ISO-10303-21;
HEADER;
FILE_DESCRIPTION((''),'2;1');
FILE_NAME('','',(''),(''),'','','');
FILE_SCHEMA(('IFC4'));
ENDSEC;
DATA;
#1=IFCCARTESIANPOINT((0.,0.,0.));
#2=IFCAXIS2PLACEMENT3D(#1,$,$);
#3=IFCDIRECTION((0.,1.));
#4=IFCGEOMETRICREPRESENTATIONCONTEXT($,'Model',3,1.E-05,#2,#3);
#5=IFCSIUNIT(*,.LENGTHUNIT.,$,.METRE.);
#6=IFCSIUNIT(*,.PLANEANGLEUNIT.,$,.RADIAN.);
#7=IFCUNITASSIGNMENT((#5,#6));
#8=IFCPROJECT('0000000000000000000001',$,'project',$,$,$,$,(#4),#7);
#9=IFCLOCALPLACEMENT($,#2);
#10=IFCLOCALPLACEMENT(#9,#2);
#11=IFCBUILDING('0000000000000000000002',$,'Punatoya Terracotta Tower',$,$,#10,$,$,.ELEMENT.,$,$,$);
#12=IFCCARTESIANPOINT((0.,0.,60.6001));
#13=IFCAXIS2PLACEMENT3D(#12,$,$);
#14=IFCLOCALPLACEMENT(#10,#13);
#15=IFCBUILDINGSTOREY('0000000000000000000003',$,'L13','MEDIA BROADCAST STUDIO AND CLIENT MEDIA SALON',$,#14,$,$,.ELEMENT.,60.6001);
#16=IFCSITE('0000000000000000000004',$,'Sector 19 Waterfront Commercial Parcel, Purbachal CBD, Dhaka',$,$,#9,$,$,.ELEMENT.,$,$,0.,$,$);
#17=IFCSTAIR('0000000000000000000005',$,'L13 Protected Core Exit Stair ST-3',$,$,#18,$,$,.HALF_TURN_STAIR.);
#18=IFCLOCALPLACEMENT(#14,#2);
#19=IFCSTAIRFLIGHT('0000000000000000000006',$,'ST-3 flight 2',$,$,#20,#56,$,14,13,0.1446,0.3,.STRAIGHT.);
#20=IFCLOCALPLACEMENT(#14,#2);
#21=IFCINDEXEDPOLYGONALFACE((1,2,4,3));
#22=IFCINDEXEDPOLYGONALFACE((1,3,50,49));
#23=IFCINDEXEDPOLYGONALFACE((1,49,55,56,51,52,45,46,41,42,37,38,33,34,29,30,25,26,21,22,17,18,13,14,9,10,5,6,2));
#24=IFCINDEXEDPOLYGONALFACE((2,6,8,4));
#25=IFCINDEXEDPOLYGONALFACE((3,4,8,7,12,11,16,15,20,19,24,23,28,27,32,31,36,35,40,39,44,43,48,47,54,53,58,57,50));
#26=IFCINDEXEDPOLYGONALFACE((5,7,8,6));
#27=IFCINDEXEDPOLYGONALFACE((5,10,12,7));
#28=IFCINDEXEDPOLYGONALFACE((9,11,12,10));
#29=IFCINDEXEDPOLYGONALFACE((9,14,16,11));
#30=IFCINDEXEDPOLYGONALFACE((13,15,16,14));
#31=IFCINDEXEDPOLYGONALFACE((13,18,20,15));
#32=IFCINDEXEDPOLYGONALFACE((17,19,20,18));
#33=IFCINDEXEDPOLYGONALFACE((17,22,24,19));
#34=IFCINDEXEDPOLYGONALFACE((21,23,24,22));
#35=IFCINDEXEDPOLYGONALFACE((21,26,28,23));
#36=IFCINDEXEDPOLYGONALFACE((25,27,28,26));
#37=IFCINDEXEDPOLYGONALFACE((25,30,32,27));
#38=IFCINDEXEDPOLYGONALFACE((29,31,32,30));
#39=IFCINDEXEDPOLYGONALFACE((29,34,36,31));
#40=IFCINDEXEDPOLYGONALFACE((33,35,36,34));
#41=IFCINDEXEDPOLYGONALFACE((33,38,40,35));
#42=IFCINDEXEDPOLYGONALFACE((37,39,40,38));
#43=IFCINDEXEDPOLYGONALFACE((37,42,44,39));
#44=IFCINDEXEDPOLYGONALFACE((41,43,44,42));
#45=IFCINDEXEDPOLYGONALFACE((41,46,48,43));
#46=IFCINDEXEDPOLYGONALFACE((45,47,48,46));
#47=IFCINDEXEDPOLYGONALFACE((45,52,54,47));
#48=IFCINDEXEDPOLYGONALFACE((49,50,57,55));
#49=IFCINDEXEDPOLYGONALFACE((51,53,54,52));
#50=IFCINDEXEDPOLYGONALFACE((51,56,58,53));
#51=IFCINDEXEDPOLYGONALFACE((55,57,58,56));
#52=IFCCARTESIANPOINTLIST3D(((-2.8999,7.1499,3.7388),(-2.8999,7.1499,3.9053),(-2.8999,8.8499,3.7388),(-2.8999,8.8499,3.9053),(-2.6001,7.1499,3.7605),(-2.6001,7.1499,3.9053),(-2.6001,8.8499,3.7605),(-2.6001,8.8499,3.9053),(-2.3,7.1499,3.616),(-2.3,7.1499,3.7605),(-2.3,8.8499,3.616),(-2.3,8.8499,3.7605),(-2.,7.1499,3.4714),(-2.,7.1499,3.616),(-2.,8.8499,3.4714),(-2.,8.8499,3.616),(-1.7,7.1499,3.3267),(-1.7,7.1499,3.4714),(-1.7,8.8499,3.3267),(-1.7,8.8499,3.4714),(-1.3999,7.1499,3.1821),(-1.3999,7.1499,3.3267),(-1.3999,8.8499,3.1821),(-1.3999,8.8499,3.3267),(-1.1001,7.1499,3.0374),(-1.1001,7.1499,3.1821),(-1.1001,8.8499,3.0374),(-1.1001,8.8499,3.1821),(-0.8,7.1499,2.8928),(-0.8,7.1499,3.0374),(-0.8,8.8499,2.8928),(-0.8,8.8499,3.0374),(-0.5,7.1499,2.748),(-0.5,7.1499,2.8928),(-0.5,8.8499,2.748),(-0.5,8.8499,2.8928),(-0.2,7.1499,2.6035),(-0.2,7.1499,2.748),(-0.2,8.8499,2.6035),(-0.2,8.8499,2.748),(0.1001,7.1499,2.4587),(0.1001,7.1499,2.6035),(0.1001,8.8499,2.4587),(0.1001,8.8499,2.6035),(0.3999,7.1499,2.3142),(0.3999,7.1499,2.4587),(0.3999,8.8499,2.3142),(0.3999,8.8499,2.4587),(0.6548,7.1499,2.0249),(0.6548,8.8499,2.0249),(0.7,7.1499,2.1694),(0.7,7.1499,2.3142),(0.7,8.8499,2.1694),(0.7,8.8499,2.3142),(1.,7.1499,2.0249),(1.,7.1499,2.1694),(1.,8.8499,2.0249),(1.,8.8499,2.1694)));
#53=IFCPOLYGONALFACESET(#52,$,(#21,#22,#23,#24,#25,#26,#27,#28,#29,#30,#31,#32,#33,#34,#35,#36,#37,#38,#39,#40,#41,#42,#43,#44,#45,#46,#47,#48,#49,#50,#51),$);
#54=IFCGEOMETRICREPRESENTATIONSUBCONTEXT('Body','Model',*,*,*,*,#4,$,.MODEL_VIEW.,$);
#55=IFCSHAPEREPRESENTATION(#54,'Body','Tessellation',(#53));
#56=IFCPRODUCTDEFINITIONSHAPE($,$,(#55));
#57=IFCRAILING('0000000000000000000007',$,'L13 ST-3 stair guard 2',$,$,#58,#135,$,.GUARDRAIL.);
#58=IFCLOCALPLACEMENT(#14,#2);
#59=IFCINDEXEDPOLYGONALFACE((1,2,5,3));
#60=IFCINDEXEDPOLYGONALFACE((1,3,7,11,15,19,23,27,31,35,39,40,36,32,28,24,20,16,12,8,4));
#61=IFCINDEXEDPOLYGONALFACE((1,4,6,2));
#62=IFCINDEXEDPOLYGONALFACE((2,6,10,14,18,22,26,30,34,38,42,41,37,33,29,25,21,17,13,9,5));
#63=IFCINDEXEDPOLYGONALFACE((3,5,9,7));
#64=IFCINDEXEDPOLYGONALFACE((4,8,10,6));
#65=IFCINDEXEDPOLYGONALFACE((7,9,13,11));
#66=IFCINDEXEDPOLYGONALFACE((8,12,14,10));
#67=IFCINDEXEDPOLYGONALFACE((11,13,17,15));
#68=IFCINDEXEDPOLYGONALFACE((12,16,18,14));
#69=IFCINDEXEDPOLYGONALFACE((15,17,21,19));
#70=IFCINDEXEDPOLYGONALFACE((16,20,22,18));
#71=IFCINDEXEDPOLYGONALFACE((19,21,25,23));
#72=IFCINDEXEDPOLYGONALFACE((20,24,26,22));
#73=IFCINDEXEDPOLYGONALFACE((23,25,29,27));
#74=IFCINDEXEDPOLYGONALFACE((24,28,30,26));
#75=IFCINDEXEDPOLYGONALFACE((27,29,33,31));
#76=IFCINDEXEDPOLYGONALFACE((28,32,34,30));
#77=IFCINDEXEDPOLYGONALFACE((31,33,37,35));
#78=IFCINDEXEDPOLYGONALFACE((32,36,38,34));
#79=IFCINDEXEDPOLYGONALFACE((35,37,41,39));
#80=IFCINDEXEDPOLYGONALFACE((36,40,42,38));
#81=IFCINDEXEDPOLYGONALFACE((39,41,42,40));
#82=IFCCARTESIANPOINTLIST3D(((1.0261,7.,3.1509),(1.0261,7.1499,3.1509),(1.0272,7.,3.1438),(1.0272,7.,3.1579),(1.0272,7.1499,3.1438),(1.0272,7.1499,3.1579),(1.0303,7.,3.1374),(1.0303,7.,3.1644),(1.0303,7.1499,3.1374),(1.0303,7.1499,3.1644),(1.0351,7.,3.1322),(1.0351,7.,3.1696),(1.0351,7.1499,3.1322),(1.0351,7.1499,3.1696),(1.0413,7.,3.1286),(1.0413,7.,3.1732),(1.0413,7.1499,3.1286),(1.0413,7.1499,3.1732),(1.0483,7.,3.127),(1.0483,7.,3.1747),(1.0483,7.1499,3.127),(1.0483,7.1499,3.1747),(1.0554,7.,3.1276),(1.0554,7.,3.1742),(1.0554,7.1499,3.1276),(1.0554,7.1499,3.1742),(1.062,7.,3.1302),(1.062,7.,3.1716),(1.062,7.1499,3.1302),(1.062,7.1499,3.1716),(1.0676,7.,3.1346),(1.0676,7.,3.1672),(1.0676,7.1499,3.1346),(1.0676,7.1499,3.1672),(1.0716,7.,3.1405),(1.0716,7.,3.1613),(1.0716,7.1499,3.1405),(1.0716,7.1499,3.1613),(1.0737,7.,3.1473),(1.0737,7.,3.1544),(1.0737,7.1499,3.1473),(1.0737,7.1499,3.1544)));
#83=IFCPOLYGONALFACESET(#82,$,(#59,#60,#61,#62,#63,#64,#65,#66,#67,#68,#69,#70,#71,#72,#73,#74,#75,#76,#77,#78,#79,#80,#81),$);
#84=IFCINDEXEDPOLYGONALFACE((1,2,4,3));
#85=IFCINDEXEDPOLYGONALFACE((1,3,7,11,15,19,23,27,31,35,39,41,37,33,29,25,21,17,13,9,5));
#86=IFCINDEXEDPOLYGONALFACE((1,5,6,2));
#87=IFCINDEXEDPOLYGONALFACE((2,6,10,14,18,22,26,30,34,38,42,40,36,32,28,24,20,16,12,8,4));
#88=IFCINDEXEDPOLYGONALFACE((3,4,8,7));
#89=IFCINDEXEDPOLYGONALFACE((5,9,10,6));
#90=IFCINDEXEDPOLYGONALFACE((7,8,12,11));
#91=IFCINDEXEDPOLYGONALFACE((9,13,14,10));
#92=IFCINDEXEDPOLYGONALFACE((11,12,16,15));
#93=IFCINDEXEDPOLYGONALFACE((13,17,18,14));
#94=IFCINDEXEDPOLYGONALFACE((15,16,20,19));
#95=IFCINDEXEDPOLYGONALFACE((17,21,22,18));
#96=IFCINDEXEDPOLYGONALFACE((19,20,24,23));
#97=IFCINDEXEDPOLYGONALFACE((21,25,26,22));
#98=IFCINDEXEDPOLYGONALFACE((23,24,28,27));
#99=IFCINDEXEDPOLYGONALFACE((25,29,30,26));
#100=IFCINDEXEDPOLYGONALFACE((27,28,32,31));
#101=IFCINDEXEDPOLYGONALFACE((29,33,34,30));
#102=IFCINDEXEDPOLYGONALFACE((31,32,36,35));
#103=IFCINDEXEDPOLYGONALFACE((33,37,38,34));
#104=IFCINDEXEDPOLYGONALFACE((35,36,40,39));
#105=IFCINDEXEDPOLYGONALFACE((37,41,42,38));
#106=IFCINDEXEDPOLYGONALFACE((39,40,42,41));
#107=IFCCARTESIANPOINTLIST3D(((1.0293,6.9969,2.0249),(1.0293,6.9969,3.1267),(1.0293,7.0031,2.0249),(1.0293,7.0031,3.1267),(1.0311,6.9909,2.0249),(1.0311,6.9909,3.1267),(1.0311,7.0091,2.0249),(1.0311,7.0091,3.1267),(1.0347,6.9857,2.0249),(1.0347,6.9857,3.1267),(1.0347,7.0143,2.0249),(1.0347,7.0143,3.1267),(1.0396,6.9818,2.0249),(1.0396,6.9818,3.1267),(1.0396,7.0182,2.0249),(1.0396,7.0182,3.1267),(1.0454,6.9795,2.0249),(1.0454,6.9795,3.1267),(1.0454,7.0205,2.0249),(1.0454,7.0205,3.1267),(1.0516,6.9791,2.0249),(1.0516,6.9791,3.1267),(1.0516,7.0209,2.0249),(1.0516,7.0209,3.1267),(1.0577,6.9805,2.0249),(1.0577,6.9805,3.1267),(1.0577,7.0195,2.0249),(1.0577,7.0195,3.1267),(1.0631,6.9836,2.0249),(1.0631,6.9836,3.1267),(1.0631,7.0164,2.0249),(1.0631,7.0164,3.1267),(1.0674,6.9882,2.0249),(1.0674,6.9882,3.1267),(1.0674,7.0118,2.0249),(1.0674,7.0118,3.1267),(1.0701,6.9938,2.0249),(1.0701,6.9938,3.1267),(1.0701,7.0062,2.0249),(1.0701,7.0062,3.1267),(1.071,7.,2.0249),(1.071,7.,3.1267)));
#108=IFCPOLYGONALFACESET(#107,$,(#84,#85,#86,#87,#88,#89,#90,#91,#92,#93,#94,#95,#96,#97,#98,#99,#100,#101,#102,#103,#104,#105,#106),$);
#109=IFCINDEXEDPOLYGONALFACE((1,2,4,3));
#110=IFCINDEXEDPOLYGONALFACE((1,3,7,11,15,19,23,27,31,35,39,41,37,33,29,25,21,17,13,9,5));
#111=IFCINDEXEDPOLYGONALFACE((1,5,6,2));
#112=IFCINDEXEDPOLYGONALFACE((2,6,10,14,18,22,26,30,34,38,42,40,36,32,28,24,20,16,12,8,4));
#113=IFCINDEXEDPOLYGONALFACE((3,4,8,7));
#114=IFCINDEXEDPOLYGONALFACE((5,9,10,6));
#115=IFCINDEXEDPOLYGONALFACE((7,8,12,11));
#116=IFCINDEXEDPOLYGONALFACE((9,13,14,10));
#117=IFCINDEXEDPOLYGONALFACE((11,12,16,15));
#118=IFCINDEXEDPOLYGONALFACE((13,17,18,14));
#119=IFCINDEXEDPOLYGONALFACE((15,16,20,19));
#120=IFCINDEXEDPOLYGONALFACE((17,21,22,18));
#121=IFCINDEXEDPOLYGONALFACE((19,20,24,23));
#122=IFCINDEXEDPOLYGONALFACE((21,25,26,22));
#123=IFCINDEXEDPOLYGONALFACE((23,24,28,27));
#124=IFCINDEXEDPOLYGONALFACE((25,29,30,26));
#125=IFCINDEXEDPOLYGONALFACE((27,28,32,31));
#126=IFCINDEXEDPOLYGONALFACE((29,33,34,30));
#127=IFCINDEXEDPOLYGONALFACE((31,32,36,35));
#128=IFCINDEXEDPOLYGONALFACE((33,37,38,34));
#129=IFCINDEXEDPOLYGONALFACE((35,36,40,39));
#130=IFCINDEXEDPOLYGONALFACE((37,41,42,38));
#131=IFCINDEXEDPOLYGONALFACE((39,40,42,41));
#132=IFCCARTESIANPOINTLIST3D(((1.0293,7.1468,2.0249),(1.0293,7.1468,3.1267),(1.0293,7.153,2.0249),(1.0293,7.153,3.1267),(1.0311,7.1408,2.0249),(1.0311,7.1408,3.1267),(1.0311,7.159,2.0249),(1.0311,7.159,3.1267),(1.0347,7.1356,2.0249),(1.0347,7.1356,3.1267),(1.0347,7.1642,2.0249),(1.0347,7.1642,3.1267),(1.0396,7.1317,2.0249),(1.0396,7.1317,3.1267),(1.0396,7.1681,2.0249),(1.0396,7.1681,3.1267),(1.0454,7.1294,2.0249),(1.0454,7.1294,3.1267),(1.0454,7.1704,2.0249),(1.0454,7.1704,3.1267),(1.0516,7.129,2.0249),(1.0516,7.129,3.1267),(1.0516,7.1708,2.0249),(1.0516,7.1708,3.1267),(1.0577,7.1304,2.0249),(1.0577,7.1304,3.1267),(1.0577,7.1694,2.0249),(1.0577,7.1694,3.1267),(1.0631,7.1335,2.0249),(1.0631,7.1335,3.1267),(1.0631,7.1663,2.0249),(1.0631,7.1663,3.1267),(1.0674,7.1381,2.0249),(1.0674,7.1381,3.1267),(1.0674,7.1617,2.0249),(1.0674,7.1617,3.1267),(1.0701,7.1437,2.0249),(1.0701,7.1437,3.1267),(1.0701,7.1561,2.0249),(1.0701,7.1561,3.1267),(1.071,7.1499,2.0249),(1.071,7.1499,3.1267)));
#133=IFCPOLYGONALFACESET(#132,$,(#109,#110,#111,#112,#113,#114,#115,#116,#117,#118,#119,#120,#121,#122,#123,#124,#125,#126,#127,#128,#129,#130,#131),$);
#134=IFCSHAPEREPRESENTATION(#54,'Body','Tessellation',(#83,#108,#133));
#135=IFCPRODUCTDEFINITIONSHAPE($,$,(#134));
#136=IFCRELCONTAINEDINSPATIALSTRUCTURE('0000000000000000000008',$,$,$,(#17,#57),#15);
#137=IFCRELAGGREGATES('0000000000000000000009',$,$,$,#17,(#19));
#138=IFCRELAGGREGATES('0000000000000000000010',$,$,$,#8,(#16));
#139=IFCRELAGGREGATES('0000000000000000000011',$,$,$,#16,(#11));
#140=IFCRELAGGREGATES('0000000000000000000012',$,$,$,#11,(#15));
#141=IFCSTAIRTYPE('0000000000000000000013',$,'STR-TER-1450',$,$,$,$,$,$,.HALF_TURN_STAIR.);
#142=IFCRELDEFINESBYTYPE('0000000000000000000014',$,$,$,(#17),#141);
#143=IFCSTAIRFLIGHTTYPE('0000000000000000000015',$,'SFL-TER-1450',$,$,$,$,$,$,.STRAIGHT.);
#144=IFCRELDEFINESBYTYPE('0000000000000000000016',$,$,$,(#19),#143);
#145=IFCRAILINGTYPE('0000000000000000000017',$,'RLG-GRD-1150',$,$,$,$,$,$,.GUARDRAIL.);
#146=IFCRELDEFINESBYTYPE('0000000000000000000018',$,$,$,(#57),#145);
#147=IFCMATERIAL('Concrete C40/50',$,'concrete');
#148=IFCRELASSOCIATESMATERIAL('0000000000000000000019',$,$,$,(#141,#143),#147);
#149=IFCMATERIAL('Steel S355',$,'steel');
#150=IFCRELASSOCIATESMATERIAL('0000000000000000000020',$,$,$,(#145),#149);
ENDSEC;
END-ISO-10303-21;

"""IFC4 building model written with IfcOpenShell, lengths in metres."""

from ifc_helpers import new_model, si_unit, direction, frame, origin, origin_2d, place, context, subcontext, project, spatial, polyline, circle, outline, extrude, material, type_object, element, aggregate, save


model = new_model("IFC4")

# Units and contexts
model_context = context("Model", 3, precision=1e-05, world=origin(), true_north=direction((0.0, 1.0)))
body_context = subcontext(model_context, "Body", "Model", "MODEL_VIEW")
ifc_project = project(units=[si_unit("LENGTHUNIT", "METRE"), si_unit("PLANEANGLEUNIT", "RADIAN")], contexts=[model_context])

# Site, building, storey
site_placement = place(None, origin())
site = spatial("IfcSite", under=ifc_project, at=site_placement, Name="Sector 19 Waterfront Commercial Parcel, Purbachal CBD, Dhaka", CompositionType="ELEMENT", RefElevation=0.0)
building_placement = place(site_placement, origin())
building = spatial("IfcBuilding", under=site, at=building_placement, Name="Punatoya Terracotta Tower", CompositionType="ELEMENT")
storey_placement = place(building_placement, frame((0.0, 0.0, 60.6001)))
storey = spatial("IfcBuildingStorey", under=building, at=storey_placement, Name="L13", Description="MEDIA BROADCAST STUDIO AND CLIENT MEDIA SALON", CompositionType="ELEMENT", Elevation=60.6001)

# Shared definitions
ifc_material_1 = material(Name="Concrete C40/50", Category="concrete")

# Stair, stair flight
stair_type = type_object("IfcStairType", Name="STR-TER-1450", PredefinedType="HALF_TURN_STAIR", material=ifc_material_1)
stair_placement = place(storey_placement, origin())
stair = element("IfcStair", 1, at=stair_placement, inside=storey, type_object=stair_type, Name="L13 Protected Core Exit Stair ST-3", PredefinedType="HALF_TURN_STAIR")
stair_flight_type = type_object("IfcStairFlightType", Name="SFL-TER-1450", PredefinedType="STRAIGHT", material=ifc_material_1)
stair_flight_placement = place(storey_placement, frame((1.0, 8.0, 2.0249), z_axis=(0.0, 0.0, 1.0), x_axis=(-1.0, 0.0, 0.0)))
stair_flight = element("IfcStairFlight", 2, at=stair_flight_placement, type_object=stair_flight_type, Name="ST-3 flight 2", NumberOfRisers=14, NumberOfTreads=13, PredefinedType="STRAIGHT", RiserHeight=0.1446, TreadLength=0.3, context=body_context, shape_type="SweptSolid", body=[
    extrude(outline(polyline([(0.0, 0.0), (0.0, 0.1445), (0.3, 0.1445), (0.3, 0.2893), (0.6001, 0.2893), (0.6001, 0.4338), (0.8999, 0.4338), (0.8999, 0.5786), (1.2, 0.5786), (1.2, 0.7231), (1.5, 0.7231), (1.5, 0.8679), (1.8, 0.8679), (1.8, 1.0125), (2.1001, 1.0125), (2.1001, 1.1572), (2.3999, 1.1572), (2.3999, 1.3018), (2.7, 1.3018), (2.7, 1.4465), (3.0, 1.4465), (3.0, 1.5911), (3.3, 1.5911), (3.3, 1.7356), (3.6001, 1.7356), (3.6001, 1.8804), (3.8999, 1.8804), (3.8999, 2.0249), (3.8999, 1.7139), (0.3452, 0.0), (0.0, 0.0)])), frame((0.0, 0.8501, 0.0), z_axis=(0.0, -1.0, 0.0), x_axis=(1.0, 0.0, 0.0)), (0.0, 0.0, 1.0), 1.7),
])
aggregate(stair, [stair_flight])

# Railing
ifc_material_2 = material(Name="Steel S355", Category="steel")
railing_type_1 = type_object("IfcRailingType", Name="RLG-GRD-1150", PredefinedType="GUARDRAIL", material=ifc_material_2)
railing_1_placement = place(storey_placement, frame((1.05, 7.0, 2.0249)))
element("IfcRailing", 3, at=railing_1_placement, inside=storey, type_object=railing_type_1, Name="L13 ST-3 stair guard 2", PredefinedType="GUARDRAIL", context=body_context, shape_type="SweptSolid", body=[
    extrude(circle(Radius=0.0239, at=origin_2d()), frame((0.0, 0.0, 1.126), z_axis=(0.0, 1.0, 0.0), x_axis=(-1.0, 0.0, 0.0)), (0.0, 0.0, 1.0), 0.1499),
    extrude(circle(Radius=0.021, at=origin_2d()), origin(), (0.0, 0.0, 1.0), 1.1018),
    extrude(circle(Radius=0.021, at=origin_2d()), frame((0.0, 0.1499, 0.0)), (0.0, 0.0, 1.0), 1.1018),
])

save(model, "model.ifc")
